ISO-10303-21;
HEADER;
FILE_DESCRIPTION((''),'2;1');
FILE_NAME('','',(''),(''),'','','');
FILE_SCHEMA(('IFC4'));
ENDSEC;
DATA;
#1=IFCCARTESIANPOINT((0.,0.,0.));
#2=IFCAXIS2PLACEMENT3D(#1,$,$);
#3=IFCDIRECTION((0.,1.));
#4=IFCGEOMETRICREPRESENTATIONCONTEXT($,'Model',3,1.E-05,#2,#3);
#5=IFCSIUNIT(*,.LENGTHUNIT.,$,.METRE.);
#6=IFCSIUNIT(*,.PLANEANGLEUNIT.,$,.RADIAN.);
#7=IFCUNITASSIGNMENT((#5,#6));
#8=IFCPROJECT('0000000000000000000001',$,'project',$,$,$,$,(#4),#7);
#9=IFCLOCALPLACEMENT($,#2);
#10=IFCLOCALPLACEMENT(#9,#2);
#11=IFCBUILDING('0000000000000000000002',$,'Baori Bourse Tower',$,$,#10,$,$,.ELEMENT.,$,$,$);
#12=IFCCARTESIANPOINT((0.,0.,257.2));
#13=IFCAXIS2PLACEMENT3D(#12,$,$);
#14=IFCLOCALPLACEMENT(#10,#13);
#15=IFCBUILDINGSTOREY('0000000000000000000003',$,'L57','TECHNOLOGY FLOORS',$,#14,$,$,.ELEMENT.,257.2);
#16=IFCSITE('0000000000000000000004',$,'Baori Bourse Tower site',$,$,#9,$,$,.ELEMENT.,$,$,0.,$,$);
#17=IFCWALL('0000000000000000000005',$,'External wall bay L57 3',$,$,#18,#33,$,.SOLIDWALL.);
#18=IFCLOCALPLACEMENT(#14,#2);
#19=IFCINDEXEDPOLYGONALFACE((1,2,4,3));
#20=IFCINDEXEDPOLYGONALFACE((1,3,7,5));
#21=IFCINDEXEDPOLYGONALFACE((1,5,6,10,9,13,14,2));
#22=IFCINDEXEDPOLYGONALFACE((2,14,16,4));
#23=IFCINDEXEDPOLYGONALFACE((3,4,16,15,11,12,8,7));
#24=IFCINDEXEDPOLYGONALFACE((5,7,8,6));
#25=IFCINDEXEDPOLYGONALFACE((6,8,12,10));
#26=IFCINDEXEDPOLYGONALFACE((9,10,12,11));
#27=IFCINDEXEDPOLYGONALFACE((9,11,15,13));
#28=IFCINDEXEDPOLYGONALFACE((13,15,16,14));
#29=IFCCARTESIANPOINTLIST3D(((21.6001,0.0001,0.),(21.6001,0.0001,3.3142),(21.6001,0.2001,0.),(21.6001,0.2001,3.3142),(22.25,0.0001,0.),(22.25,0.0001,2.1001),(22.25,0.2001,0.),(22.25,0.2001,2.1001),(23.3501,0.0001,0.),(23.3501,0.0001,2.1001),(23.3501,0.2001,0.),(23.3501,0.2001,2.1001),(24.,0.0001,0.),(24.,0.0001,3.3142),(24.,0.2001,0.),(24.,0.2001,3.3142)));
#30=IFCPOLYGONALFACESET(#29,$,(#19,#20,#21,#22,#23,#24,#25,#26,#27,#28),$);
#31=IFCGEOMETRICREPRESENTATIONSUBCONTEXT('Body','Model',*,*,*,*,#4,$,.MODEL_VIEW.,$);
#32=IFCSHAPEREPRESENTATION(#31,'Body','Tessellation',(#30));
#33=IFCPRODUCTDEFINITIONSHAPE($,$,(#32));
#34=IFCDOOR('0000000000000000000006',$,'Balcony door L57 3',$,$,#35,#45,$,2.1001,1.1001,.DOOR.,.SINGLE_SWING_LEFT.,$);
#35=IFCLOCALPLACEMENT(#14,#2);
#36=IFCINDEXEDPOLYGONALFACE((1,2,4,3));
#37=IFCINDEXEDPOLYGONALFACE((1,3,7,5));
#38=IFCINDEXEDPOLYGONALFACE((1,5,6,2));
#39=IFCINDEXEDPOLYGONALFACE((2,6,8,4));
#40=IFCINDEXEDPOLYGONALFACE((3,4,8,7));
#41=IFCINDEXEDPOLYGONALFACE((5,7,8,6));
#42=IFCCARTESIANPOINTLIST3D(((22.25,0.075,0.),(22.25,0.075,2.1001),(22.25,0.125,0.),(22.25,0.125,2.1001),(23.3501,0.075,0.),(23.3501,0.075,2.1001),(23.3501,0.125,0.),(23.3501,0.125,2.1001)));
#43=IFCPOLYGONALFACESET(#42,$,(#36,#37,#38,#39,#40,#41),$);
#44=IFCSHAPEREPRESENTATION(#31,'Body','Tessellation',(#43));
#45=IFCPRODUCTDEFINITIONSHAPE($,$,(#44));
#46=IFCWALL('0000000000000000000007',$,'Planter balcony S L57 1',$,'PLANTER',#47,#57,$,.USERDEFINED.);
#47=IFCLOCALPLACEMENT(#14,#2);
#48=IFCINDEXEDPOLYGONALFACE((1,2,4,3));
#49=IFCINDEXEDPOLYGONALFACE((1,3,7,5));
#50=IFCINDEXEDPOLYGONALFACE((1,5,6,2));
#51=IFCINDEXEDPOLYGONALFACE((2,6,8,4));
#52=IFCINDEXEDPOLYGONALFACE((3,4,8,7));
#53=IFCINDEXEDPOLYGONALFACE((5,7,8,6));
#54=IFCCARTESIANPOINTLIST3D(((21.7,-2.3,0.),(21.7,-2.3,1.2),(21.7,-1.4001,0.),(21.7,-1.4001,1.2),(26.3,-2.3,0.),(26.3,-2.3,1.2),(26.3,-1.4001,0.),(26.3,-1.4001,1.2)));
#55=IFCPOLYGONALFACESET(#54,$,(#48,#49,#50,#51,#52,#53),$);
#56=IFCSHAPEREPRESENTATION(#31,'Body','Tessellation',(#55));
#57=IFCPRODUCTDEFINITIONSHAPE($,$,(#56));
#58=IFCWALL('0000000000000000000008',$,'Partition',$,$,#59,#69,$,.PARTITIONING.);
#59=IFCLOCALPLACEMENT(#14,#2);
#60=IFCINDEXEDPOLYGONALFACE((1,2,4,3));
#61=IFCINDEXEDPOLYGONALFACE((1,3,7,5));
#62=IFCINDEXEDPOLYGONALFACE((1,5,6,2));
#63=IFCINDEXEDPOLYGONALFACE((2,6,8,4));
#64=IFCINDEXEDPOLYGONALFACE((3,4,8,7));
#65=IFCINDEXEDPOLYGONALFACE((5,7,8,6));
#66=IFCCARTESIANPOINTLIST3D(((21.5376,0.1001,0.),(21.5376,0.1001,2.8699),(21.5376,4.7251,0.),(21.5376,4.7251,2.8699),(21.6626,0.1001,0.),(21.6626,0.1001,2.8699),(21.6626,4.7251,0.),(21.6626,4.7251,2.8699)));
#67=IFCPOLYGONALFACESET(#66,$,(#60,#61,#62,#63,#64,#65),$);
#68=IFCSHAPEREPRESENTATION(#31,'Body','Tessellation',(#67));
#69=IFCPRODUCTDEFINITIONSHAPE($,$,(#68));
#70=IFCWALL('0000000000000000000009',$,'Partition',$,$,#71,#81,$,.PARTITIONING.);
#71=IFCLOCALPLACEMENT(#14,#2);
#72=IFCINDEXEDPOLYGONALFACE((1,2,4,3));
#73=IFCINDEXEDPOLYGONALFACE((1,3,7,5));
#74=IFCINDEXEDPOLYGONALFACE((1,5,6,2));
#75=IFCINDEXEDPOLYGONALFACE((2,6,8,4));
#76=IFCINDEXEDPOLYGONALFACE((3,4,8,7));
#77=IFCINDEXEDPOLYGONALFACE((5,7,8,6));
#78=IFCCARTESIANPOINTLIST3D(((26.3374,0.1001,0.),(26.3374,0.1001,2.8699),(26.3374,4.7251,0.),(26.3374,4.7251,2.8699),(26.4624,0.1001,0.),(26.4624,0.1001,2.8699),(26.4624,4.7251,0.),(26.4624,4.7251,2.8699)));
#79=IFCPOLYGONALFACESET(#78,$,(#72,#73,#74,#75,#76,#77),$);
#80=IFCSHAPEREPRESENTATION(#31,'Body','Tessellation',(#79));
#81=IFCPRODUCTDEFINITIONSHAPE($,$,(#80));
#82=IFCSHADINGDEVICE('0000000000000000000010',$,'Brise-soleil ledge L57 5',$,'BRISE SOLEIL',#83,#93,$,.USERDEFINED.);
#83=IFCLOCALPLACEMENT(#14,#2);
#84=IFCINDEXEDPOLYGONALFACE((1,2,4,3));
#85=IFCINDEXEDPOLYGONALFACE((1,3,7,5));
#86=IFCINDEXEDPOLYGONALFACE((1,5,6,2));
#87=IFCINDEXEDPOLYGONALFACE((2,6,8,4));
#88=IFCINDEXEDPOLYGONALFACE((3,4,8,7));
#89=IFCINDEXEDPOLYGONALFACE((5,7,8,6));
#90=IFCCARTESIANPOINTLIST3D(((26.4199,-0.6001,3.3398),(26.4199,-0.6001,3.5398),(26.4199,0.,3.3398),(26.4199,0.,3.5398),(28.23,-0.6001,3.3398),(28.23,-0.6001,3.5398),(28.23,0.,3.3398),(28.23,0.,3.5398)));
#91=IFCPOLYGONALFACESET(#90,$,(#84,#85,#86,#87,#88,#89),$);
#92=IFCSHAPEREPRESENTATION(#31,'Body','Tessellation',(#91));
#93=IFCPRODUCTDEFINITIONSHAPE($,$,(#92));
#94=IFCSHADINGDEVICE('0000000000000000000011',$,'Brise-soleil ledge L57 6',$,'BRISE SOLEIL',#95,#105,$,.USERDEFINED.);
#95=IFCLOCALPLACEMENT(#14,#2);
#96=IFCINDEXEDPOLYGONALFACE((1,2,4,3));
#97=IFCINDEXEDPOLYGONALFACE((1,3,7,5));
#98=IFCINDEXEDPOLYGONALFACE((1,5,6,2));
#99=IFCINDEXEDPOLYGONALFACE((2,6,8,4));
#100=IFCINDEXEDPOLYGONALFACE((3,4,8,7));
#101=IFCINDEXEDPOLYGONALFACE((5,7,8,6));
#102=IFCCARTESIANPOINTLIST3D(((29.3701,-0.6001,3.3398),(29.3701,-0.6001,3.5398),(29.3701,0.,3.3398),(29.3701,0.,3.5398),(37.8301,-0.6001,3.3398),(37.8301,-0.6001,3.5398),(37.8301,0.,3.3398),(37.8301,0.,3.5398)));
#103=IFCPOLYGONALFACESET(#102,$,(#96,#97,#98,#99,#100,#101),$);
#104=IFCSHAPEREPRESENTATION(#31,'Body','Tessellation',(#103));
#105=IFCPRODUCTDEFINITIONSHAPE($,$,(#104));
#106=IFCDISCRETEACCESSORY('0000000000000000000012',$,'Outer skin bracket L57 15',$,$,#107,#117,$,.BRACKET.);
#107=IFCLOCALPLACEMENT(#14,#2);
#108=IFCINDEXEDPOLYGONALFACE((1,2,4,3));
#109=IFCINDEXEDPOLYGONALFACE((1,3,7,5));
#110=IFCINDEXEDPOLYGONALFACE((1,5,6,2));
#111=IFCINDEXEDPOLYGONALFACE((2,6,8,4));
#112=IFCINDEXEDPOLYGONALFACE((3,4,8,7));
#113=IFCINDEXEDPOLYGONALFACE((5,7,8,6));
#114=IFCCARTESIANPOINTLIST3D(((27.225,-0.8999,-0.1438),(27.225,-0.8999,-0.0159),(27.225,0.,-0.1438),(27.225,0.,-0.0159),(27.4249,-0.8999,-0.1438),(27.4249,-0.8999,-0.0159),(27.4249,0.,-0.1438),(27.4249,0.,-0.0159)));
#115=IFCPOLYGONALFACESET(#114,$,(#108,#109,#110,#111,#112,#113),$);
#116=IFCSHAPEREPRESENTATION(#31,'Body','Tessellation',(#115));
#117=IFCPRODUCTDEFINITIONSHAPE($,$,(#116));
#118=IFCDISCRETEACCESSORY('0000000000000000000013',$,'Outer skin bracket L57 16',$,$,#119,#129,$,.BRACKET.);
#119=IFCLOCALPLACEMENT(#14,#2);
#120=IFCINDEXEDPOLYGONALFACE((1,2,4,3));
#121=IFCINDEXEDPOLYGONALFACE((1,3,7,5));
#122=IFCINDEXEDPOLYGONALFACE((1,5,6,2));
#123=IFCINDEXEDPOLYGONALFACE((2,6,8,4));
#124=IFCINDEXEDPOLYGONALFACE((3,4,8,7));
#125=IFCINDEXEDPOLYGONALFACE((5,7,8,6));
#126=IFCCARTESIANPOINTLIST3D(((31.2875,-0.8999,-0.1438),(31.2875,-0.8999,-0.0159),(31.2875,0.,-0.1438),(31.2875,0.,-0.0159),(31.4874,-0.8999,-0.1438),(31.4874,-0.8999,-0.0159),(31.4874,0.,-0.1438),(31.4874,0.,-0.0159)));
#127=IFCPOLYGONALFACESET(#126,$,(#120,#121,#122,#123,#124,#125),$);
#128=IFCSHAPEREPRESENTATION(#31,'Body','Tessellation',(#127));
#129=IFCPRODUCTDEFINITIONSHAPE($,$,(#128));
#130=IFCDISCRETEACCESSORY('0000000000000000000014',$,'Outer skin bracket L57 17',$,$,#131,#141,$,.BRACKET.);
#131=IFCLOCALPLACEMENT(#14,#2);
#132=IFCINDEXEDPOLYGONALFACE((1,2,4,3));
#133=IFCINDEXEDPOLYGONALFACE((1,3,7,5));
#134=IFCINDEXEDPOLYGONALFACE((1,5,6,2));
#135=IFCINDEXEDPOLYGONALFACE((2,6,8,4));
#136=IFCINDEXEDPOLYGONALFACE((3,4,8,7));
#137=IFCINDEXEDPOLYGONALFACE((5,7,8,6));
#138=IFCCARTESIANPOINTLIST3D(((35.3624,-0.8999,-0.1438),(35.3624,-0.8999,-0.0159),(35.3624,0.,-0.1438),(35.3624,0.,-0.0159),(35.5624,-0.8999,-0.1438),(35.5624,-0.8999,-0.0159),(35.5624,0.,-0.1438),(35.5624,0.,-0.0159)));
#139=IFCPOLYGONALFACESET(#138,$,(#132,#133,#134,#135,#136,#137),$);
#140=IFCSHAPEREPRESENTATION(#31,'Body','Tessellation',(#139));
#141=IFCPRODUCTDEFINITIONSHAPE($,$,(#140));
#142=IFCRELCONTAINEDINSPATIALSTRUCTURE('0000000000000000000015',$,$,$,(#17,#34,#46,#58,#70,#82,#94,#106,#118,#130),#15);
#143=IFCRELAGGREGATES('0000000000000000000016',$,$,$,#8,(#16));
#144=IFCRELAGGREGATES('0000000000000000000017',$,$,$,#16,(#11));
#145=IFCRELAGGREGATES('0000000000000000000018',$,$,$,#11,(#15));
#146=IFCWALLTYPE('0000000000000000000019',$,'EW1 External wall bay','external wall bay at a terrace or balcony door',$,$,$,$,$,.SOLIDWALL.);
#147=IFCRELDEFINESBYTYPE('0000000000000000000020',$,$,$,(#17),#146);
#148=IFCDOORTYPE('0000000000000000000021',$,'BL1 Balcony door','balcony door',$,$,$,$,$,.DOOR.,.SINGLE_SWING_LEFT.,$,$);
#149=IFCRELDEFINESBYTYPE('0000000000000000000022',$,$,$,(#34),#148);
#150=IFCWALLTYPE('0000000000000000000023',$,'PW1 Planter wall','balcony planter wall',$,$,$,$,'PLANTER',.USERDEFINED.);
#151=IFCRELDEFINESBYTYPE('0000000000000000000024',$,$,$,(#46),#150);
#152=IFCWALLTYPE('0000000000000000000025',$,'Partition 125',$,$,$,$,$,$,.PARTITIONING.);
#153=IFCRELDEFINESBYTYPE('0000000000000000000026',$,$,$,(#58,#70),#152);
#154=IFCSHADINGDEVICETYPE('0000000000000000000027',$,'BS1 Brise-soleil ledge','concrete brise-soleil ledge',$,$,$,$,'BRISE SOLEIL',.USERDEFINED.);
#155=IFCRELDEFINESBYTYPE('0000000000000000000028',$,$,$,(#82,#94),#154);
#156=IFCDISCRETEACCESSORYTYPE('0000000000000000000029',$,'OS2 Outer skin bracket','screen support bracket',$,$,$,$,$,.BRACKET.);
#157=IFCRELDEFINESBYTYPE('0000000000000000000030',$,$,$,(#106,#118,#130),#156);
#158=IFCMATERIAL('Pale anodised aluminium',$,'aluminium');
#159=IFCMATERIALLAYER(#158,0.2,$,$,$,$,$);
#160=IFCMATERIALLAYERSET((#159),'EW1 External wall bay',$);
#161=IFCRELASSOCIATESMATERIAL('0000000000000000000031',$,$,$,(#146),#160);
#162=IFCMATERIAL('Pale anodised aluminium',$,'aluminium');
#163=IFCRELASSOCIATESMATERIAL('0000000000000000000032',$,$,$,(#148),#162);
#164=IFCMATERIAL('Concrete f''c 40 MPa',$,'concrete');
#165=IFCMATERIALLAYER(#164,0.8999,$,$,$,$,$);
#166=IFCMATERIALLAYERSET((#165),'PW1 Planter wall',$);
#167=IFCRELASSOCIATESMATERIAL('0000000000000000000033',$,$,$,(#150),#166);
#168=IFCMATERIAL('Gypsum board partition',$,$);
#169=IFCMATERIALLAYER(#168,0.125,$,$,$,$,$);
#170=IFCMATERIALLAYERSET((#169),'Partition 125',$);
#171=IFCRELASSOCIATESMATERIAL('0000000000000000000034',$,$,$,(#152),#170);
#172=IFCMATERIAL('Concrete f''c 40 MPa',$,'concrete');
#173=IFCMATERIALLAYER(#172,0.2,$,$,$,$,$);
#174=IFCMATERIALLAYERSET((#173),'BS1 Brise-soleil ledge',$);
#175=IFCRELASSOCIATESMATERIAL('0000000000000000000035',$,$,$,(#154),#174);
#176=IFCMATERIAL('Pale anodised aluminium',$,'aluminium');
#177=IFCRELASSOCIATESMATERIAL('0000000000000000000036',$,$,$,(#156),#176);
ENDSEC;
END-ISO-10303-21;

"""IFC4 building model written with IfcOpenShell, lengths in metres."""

from ifc_helpers import new_model, si_unit, direction, frame, frame_2d, origin, origin_2d, place, context, subcontext, project, spatial, rectangle, extrude, material, layer, layer_set, type_object, element, fill, save


model = new_model("IFC4")

# Units and contexts
model_context = context("Model", 3, precision=1e-05, world=origin(), true_north=direction((0.0, 1.0)))
body_context = subcontext(model_context, "Body", "Model", "MODEL_VIEW")
ifc_project = project(units=[si_unit("LENGTHUNIT", "METRE"), si_unit("PLANEANGLEUNIT", "RADIAN")], contexts=[model_context])

# Site, building, storey
site_placement = place(None, origin())
site = spatial("IfcSite", under=ifc_project, at=site_placement, Name="Baori Bourse Tower site", CompositionType="ELEMENT", RefElevation=0.0)
building_placement = place(site_placement, origin())
building = spatial("IfcBuilding", under=site, at=building_placement, Name="Baori Bourse Tower", CompositionType="ELEMENT")
storey_placement = place(building_placement, frame((0.0, 0.0, 257.2)))
storey = spatial("IfcBuildingStorey", under=building, at=storey_placement, Name="L57", Description="TECHNOLOGY FLOORS", CompositionType="ELEMENT", Elevation=257.2)

# Wall, opening, door
ifc_material_1 = material(Name="Pale anodised aluminium", Category="aluminium")
ifc_layer_1 = layer(ifc_material_1, 0.2)
ifc_layer_set_1 = layer_set([ifc_layer_1], Name="EW1 External wall bay")
wall_type_1 = type_object("IfcWallType", Name="EW1 External wall bay", Description="external wall bay at a terrace or balcony door", PredefinedType="SOLIDWALL", material=ifc_layer_set_1)
wall_1_placement = place(storey_placement, frame((21.6001, 0.1001, 0.0), z_axis=(0.0, 0.0, 1.0), x_axis=(1.0, 0.0, 0.0)))
wall_1 = element("IfcWall", 1, at=wall_1_placement, inside=storey, type_object=wall_type_1, Name="External wall bay L57 3", PredefinedType="SOLIDWALL", context=body_context, shape_type="SweptSolid", body=[
    extrude(rectangle(XDim=2.3999, YDim=0.2, at=frame_2d((1.2, 0.0))), origin(), (0.0, 0.0, 1.0), 3.3142),
])
opening_placement = place(wall_1_placement, frame((0.6499, 0.0, 0.0)))
opening = element("IfcOpeningElement", 2, at=opening_placement, cuts=wall_1, PredefinedType="OPENING", context=body_context, shape_type="SweptSolid", body=[
    extrude(rectangle(XDim=1.1001, YDim=2.1001, at=frame_2d((0.55, 1.05))), frame((0.0, 0.1099, 0.0), z_axis=(0.0, -1.0, 0.0), x_axis=(1.0, 0.0, 0.0)), (0.0, 0.0, 1.0), 0.22),
])
ifc_material_2 = material(Name="Pale anodised aluminium", Category="aluminium")
door_type = type_object("IfcDoorType", Name="BL1 Balcony door", Description="balcony door", OperationType="SINGLE_SWING_LEFT", PredefinedType="DOOR", material=ifc_material_2)
door_placement = place(opening_placement, origin())
door = element("IfcDoor", 3, at=door_placement, inside=storey, type_object=door_type, Name="Balcony door L57 3", OperationType="SINGLE_SWING_LEFT", OverallHeight=2.1001, OverallWidth=1.1001, PredefinedType="DOOR", context=body_context, shape_type="SweptSolid", body=[
    extrude(rectangle(XDim=1.1001, YDim=2.1001, at=frame_2d((0.55, 1.05))), frame((0.0, 0.0249, 0.0), z_axis=(0.0, -1.0, 0.0), x_axis=(1.0, 0.0, 0.0)), (0.0, 0.0, 1.0), 0.05),
])
fill(opening, door)

# Walls
ifc_material_3 = material(Name="Concrete f'c 40 MPa", Category="concrete")
ifc_layer_2 = layer(ifc_material_3, 0.8999)
ifc_layer_set_2 = layer_set([ifc_layer_2], Name="PW1 Planter wall")
wall_type_2 = type_object("IfcWallType", Name="PW1 Planter wall", Description="balcony planter wall", ElementType="PLANTER", PredefinedType="USERDEFINED", material=ifc_layer_set_2)
wall_2_placement = place(storey_placement, frame((21.7, -1.8501, 0.0), z_axis=(0.0, 0.0, 1.0), x_axis=(1.0, 0.0, 0.0)))
element("IfcWall", 4, at=wall_2_placement, inside=storey, type_object=wall_type_2, Name="Planter balcony S L57 1", ObjectType="PLANTER", PredefinedType="USERDEFINED", context=body_context, shape_type="SweptSolid", body=[
    extrude(rectangle(XDim=4.6001, YDim=0.8999, at=frame_2d((2.3, 0.0))), origin(), (0.0, 0.0, 1.0), 1.2),
])
ifc_material_4 = material(Name="Gypsum board partition")
ifc_layer_3 = layer(ifc_material_4, 0.125)
ifc_layer_set_3 = layer_set([ifc_layer_3], Name="Partition 125")
wall_type_3 = type_object("IfcWallType", Name="Partition 125", PredefinedType="PARTITIONING", material=ifc_layer_set_3)
for number, where, z_axis, x_axis, name in (
    (5, (21.6001, 0.1001, 0.0), (0.0, 0.0, 1.0), (0.0, 1.0, 0.0), "Partition"),
    (6, (26.3999, 0.1001, 0.0), (0.0, 0.0, 1.0), (0.0, 1.0, 0.0), "Partition"),
):
    element("IfcWall", number, at=place(storey_placement, frame(where, z_axis=z_axis, x_axis=x_axis)), inside=storey, type_object=wall_type_3, Name=name, PredefinedType="PARTITIONING", context=body_context, shape_type="SweptSolid", body=[
        extrude(rectangle(XDim=4.625, YDim=0.125, at=frame_2d((2.3125, 0.0))), origin(), (0.0, 0.0, 1.0), 2.8699),
    ])

# Shading devices
ifc_material_5 = material(Name="Concrete f'c 40 MPa", Category="concrete")
ifc_layer_4 = layer(ifc_material_5, 0.2)
ifc_layer_set_4 = layer_set([ifc_layer_4], Name="BS1 Brise-soleil ledge")
shading_device_type = type_object("IfcShadingDeviceType", Name="BS1 Brise-soleil ledge", Description="concrete brise-soleil ledge", ElementType="BRISE SOLEIL", PredefinedType="USERDEFINED", material=ifc_layer_set_4)
shading_device_1_placement = place(storey_placement, frame((27.325, -0.3, 3.3398), z_axis=(0.0, 0.0, 1.0), x_axis=(1.0, 0.0, 0.0)))
element("IfcShadingDevice", 7, at=shading_device_1_placement, inside=storey, type_object=shading_device_type, Name="Brise-soleil ledge L57 5", ObjectType="BRISE SOLEIL", PredefinedType="USERDEFINED", context=body_context, shape_type="SweptSolid", body=[
    extrude(rectangle(XDim=1.8101, YDim=0.6001, at=origin_2d()), origin(), (0.0, 0.0, 1.0), 0.2),
])
shading_device_2_placement = place(storey_placement, frame((33.6001, -0.3, 3.3398), z_axis=(0.0, 0.0, 1.0), x_axis=(1.0, 0.0, 0.0)))
element("IfcShadingDevice", 8, at=shading_device_2_placement, inside=storey, type_object=shading_device_type, Name="Brise-soleil ledge L57 6", ObjectType="BRISE SOLEIL", PredefinedType="USERDEFINED", context=body_context, shape_type="SweptSolid", body=[
    extrude(rectangle(XDim=8.46, YDim=0.6001, at=origin_2d()), origin(), (0.0, 0.0, 1.0), 0.2),
])

# Discrete accessories
ifc_material_6 = material(Name="Pale anodised aluminium", Category="aluminium")
discrete_accessory_type = type_object("IfcDiscreteAccessoryType", Name="OS2 Outer skin bracket", Description="screen support bracket", PredefinedType="BRACKET", material=ifc_material_6)
for number, where, z_axis, x_axis, name in (
    (9, (27.325, -0.45, -0.1438), (0.0, 0.0, 1.0), (1.0, 0.0, 0.0), "Outer skin bracket L57 15"),
    (10, (31.3875, -0.45, -0.1438), (0.0, 0.0, 1.0), (1.0, 0.0, 0.0), "Outer skin bracket L57 16"),
    (11, (35.4624, -0.45, -0.1438), (0.0, 0.0, 1.0), (1.0, 0.0, 0.0), "Outer skin bracket L57 17"),
):
    element("IfcDiscreteAccessory", number, at=place(storey_placement, frame(where, z_axis=z_axis, x_axis=x_axis)), inside=storey, type_object=discrete_accessory_type, Name=name, PredefinedType="BRACKET", context=body_context, shape_type="SweptSolid", body=[
        extrude(rectangle(XDim=0.2, YDim=0.8999, at=origin_2d()), origin(), (0.0, 0.0, 1.0), 0.1279),
    ])

save(model, "model.ifc")
